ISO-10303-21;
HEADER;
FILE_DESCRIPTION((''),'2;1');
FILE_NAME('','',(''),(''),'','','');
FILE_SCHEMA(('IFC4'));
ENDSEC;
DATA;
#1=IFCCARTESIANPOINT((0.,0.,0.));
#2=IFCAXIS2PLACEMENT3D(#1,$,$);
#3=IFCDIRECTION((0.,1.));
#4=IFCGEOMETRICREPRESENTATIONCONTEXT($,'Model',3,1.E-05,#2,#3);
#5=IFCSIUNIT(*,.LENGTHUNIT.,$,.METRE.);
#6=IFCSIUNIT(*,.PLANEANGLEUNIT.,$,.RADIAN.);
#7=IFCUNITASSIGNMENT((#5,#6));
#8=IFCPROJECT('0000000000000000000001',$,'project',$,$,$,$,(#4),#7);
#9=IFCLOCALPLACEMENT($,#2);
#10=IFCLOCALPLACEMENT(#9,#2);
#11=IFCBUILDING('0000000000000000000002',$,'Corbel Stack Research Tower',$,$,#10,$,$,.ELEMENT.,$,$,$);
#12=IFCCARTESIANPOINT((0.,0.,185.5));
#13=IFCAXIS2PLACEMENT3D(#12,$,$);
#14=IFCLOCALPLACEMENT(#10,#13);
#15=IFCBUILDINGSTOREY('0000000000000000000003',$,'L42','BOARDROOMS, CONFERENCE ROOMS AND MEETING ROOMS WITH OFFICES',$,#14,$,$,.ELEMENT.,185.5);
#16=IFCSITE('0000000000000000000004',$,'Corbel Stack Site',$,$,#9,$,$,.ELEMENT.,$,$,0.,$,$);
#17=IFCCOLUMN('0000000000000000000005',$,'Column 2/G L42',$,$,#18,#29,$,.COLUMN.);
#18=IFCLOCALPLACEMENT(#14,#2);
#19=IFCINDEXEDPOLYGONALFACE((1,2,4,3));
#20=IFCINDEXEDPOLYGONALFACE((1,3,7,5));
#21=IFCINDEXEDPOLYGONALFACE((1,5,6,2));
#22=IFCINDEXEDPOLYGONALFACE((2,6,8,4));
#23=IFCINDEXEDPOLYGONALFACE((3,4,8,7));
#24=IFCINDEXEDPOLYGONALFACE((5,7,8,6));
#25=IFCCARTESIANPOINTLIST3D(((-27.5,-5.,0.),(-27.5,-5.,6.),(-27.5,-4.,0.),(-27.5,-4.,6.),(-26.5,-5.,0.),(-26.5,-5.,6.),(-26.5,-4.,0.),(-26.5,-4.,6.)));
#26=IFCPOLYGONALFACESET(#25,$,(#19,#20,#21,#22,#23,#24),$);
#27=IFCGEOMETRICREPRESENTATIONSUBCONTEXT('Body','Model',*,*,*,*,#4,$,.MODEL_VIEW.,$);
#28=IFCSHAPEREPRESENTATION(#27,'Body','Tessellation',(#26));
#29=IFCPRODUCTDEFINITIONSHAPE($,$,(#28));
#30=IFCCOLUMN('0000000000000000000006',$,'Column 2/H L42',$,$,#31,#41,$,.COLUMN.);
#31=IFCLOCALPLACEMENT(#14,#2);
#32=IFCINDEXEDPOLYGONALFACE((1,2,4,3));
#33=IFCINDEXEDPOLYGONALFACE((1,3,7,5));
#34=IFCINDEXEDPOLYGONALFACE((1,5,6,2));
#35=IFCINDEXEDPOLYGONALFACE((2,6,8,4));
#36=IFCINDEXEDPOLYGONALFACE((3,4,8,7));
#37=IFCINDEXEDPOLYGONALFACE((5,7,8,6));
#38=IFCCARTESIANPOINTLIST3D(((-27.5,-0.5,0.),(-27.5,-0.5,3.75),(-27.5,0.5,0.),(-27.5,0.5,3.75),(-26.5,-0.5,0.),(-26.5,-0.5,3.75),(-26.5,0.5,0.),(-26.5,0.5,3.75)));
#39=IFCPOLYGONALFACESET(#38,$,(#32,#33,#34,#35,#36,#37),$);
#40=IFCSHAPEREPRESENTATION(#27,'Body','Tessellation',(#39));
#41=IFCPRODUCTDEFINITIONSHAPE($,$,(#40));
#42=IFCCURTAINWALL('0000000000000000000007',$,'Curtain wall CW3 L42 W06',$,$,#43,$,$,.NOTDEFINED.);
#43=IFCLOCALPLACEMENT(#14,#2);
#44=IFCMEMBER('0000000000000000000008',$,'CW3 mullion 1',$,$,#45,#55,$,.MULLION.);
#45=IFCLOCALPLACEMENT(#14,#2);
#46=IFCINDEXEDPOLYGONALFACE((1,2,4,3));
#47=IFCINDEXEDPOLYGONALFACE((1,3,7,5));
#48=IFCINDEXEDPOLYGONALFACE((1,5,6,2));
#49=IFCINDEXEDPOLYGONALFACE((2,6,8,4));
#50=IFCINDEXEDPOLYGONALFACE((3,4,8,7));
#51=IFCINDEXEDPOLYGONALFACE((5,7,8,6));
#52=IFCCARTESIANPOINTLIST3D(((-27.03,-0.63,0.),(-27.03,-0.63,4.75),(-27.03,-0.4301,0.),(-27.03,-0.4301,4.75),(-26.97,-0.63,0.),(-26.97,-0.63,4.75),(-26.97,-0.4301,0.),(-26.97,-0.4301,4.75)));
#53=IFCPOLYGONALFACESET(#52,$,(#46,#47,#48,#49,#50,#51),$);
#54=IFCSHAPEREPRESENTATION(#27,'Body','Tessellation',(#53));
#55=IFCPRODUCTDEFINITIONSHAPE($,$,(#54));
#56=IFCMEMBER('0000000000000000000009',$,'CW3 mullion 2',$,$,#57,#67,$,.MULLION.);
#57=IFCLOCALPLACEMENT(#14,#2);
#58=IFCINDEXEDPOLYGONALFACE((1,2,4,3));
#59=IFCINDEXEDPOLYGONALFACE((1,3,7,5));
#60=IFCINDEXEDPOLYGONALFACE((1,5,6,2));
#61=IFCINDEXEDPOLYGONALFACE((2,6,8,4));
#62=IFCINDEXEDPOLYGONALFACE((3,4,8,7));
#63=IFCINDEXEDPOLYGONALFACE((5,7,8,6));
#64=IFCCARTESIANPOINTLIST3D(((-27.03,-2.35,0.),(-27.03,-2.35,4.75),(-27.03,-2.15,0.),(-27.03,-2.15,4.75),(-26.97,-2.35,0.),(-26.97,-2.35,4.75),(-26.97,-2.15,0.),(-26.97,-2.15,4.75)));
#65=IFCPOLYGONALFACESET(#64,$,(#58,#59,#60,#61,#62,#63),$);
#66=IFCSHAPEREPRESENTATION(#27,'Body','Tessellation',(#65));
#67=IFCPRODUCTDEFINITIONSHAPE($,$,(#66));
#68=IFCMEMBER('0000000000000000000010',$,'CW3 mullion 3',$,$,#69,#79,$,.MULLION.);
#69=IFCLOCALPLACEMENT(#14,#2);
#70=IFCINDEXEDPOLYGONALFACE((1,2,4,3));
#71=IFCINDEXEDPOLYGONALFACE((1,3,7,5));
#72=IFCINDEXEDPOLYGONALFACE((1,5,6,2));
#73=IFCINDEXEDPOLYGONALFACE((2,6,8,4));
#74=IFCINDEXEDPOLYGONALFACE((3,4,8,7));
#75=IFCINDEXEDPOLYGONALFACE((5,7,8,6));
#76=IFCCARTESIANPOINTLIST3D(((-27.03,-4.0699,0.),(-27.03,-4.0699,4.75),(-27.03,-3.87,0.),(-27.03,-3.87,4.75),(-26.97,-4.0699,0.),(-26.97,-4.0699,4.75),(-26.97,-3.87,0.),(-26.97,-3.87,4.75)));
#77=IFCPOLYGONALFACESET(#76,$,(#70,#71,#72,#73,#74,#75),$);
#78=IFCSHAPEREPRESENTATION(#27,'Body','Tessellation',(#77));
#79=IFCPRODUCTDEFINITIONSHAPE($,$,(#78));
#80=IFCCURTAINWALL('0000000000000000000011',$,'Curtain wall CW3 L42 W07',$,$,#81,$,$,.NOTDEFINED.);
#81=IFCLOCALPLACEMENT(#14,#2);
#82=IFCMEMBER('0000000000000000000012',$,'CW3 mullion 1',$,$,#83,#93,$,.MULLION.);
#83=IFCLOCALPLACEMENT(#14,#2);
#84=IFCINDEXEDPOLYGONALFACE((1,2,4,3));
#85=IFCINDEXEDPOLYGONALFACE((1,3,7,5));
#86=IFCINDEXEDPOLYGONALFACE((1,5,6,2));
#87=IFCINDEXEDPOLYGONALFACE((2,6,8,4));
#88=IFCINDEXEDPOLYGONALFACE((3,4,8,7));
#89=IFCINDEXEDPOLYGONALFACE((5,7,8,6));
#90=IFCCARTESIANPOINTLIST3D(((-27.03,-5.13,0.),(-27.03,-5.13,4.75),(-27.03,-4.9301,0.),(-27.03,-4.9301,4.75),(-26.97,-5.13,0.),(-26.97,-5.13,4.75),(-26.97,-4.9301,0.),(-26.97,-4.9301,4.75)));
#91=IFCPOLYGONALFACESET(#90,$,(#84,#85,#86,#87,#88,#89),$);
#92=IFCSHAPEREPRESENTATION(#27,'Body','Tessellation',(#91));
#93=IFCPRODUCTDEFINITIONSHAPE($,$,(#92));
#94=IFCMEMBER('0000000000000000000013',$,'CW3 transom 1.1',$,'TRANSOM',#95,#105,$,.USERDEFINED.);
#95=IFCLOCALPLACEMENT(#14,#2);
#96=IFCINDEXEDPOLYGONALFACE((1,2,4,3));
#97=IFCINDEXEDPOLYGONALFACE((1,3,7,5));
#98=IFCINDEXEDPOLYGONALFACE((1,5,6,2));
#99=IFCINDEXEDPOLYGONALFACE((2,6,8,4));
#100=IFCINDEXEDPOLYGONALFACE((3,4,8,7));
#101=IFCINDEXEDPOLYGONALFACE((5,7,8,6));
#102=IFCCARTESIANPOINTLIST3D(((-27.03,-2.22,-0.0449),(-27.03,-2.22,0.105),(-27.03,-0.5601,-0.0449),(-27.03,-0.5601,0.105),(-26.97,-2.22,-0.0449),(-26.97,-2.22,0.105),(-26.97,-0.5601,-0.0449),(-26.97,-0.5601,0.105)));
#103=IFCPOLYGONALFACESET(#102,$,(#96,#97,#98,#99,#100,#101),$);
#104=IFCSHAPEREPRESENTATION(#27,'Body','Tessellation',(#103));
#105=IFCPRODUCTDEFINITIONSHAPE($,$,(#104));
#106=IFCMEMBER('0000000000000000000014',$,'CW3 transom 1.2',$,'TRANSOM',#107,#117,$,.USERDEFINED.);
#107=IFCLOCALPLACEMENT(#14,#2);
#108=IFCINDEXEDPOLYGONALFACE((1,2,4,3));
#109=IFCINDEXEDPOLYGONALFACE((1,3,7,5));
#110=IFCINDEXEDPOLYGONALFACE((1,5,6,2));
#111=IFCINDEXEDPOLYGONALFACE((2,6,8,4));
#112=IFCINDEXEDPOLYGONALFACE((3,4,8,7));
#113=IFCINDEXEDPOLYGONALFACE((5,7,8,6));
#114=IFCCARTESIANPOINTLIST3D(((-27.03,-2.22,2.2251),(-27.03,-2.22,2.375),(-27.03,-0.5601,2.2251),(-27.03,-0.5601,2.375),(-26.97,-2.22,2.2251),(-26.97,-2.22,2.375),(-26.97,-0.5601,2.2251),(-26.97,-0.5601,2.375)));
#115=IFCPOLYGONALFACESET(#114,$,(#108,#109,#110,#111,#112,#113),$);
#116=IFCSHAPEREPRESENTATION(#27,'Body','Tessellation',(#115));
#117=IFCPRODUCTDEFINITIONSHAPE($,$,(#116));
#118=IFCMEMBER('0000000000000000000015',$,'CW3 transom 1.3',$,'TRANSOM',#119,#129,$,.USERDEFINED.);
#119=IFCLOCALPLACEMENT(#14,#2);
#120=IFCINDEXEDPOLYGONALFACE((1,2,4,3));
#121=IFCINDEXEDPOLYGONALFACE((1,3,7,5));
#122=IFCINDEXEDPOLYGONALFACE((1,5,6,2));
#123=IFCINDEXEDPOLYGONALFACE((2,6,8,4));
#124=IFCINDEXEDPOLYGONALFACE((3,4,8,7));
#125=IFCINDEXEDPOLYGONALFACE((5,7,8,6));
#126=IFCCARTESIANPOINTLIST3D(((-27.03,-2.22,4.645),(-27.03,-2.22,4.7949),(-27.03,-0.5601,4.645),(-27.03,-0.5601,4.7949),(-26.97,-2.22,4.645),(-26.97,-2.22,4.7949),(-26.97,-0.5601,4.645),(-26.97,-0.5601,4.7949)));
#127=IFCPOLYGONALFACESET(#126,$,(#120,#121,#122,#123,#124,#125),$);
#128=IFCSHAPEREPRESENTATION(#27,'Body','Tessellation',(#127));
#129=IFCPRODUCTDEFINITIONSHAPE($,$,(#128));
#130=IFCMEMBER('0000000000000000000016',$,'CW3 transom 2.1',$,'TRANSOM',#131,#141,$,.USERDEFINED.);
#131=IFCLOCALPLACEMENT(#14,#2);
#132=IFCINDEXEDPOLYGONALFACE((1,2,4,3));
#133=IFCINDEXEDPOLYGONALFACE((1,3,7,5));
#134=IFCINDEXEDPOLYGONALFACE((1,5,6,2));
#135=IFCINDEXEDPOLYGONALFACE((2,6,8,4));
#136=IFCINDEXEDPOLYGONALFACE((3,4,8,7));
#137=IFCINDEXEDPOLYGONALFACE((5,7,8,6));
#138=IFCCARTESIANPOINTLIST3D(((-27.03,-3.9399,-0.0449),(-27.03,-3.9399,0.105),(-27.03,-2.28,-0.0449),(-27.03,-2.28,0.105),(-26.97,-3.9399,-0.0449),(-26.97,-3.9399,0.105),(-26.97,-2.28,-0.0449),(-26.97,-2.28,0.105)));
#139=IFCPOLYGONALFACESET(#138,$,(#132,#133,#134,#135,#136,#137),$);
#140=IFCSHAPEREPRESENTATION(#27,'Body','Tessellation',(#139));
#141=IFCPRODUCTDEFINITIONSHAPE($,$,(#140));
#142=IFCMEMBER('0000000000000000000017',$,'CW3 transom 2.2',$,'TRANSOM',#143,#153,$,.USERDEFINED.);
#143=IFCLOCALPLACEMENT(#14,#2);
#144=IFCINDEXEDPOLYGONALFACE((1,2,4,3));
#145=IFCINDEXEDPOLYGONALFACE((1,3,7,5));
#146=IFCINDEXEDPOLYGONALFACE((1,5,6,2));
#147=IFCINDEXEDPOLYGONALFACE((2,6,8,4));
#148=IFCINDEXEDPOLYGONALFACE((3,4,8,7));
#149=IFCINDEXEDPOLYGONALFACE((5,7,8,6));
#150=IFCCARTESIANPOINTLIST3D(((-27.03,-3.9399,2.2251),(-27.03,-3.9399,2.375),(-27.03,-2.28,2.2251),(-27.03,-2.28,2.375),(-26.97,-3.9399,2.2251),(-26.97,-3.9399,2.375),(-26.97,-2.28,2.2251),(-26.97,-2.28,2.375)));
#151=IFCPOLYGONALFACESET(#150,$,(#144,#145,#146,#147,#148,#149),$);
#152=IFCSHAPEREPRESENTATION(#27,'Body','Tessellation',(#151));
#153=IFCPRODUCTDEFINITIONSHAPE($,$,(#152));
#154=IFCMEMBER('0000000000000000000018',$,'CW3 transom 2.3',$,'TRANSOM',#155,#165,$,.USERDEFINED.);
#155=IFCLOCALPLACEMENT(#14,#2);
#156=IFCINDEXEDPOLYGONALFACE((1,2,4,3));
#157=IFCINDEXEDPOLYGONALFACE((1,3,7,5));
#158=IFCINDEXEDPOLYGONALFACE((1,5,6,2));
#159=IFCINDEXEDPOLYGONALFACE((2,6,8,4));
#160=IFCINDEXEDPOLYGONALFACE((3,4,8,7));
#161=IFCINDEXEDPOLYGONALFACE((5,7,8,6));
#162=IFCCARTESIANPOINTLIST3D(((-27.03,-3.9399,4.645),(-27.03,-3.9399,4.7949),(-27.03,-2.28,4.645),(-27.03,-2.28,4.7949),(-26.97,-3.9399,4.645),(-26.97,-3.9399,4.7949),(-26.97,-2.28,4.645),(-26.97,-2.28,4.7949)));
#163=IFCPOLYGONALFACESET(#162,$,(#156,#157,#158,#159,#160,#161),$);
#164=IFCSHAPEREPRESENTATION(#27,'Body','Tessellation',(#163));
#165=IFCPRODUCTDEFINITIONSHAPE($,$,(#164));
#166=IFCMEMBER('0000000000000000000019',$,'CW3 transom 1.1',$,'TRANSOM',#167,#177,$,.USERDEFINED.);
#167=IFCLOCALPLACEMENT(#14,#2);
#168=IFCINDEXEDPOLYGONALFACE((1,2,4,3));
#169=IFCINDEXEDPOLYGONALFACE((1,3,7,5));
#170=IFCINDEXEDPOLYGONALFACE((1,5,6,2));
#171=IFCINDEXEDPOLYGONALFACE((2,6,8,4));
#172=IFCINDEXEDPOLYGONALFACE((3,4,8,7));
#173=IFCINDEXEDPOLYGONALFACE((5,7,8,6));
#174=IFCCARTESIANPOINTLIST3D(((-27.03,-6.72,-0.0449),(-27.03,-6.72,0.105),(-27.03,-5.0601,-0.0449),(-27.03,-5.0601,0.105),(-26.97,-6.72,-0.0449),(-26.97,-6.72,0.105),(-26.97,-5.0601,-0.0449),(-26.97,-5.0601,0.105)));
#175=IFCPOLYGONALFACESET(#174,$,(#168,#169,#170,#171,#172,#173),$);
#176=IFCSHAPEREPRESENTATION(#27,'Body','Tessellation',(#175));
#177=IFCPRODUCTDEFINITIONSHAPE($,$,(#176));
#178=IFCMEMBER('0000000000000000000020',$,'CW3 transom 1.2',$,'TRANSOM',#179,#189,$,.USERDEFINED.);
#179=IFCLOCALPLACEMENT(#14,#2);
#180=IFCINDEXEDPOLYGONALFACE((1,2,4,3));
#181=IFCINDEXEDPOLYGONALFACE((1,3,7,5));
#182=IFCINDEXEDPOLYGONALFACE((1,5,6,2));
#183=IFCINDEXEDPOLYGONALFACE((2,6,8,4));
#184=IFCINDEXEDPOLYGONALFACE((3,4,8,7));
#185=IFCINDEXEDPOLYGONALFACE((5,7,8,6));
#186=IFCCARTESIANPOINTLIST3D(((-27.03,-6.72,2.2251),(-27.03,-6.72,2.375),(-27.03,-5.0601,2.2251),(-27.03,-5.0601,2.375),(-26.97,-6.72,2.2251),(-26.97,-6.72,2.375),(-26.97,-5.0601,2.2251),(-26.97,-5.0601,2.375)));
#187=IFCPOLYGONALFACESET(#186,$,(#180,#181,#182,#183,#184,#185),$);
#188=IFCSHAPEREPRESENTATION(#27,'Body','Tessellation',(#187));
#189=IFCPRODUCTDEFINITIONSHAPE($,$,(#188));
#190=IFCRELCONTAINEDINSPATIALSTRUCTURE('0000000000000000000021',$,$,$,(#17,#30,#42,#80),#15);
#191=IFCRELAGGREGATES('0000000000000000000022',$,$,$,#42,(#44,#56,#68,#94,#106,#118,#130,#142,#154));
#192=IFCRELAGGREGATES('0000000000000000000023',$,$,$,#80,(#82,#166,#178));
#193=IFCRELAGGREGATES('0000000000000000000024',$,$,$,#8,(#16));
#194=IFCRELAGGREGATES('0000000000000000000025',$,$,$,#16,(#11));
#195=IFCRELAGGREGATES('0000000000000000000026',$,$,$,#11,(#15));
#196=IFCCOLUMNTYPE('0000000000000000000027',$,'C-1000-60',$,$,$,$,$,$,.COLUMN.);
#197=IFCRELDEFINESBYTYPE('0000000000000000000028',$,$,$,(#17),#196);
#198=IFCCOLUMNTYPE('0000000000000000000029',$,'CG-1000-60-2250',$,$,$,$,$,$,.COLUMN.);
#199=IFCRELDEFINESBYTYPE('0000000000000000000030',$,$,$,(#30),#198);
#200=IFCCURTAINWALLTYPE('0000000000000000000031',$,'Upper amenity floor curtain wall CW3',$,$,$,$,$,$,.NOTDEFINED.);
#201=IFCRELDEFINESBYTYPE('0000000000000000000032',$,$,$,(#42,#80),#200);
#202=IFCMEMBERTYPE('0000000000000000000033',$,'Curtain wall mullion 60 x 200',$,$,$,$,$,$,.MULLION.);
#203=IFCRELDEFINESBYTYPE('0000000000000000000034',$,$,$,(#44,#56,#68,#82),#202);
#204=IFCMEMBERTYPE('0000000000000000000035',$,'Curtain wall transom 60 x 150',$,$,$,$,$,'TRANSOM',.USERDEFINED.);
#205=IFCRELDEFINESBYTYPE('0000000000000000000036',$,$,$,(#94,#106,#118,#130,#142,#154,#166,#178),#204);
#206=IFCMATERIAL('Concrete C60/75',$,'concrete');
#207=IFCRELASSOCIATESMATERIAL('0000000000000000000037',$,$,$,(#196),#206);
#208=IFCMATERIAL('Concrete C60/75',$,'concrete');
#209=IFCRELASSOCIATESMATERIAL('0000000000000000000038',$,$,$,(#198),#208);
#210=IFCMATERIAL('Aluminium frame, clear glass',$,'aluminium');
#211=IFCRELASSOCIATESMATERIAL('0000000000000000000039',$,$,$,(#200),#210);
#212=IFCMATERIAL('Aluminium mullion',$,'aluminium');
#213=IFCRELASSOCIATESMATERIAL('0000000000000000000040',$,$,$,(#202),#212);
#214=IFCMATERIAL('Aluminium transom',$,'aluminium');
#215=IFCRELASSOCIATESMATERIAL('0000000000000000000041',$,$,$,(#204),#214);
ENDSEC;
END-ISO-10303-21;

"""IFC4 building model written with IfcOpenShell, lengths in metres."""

from ifc_helpers import new_model, si_unit, direction, frame, origin, origin_2d, place, context, subcontext, project, spatial, rectangle, extrude, material, material_profile, profile_set, type_object, element, aggregate, save


model = new_model("IFC4")

# Units and contexts
model_context = context("Model", 3, precision=1e-05, world=origin(), true_north=direction((0.0, 1.0)))
body_context = subcontext(model_context, "Body", "Model", "MODEL_VIEW")
ifc_project = project(units=[si_unit("LENGTHUNIT", "METRE"), si_unit("PLANEANGLEUNIT", "RADIAN")], contexts=[model_context])

# Site, building, storey
site_placement = place(None, origin())
site = spatial("IfcSite", under=ifc_project, at=site_placement, Name="Corbel Stack Site", CompositionType="ELEMENT", RefElevation=0.0)
building_placement = place(site_placement, origin())
building = spatial("IfcBuilding", under=site, at=building_placement, Name="Corbel Stack Research Tower", CompositionType="ELEMENT")
storey_placement = place(building_placement, frame((0.0, 0.0, 185.5)))
storey = spatial("IfcBuildingStorey", under=building, at=storey_placement, Name="L42", Description="BOARDROOMS, CONFERENCE ROOMS AND MEETING ROOMS WITH OFFICES", CompositionType="ELEMENT", Elevation=185.5)

# Columns
ifc_material_1 = material(Name="Concrete C60/75", Category="concrete")
ifc_material_profile_1 = material_profile(ifc_material_1, rectangle(XDim=1.0, YDim=1.0, at=origin_2d()), Name="RC 1000 x 1000")
ifc_profile_set_1 = profile_set([ifc_material_profile_1], Name="Concrete C60/75")
column_type_1 = type_object("IfcColumnType", Name="C-1000-60", PredefinedType="COLUMN", material=ifc_profile_set_1)
column_1_placement = place(storey_placement, frame((-27.0, -4.5, 0.0), z_axis=(0.0, 0.0, 1.0), x_axis=(1.0, 0.0, 0.0)))
element("IfcColumn", 1, at=column_1_placement, inside=storey, type_object=column_type_1, Name="Column 2/G L42", PredefinedType="COLUMN", context=body_context, shape_type="SweptSolid", body=[
    extrude(rectangle(XDim=1.0, YDim=1.0, at=origin_2d()), origin(), (0.0, 0.0, 1.0), 6.0),
])
ifc_material_2 = material(Name="Concrete C60/75", Category="concrete")
ifc_material_profile_2 = material_profile(ifc_material_2, rectangle(XDim=1.0, YDim=1.0, at=origin_2d()), Name="RC 1000 x 1000")
ifc_profile_set_2 = profile_set([ifc_material_profile_2], Name="Concrete C60/75")
column_type_2 = type_object("IfcColumnType", Name="CG-1000-60-2250", PredefinedType="COLUMN", material=ifc_profile_set_2)
column_2_placement = place(storey_placement, frame((-27.0, 0.0, 0.0), z_axis=(0.0, 0.0, 1.0), x_axis=(1.0, 0.0, 0.0)))
element("IfcColumn", 2, at=column_2_placement, inside=storey, type_object=column_type_2, Name="Column 2/H L42", PredefinedType="COLUMN", context=body_context, shape_type="SweptSolid", body=[
    extrude(rectangle(XDim=1.0, YDim=1.0, at=origin_2d()), origin(), (0.0, 0.0, 1.0), 3.75),
])

# Curtain wall, members
ifc_material_3 = material(Name="Aluminium frame, clear glass", Category="aluminium")
curtain_wall_type = type_object("IfcCurtainWallType", Name="Upper amenity floor curtain wall CW3", PredefinedType="NOTDEFINED", material=ifc_material_3)
curtain_wall_1_placement = place(storey_placement, origin())
curtain_wall_1 = element("IfcCurtainWall", 3, at=curtain_wall_1_placement, inside=storey, type_object=curtain_wall_type, Name="Curtain wall CW3 L42 W06", PredefinedType="NOTDEFINED")
ifc_material_4 = material(Name="Aluminium mullion", Category="aluminium")
ifc_material_profile_3 = material_profile(ifc_material_4, rectangle(XDim=0.0601, YDim=0.2, at=origin_2d()), Name="Mullion 60 x 200")
ifc_profile_set_3 = profile_set([ifc_material_profile_3], Name="Aluminium mullion")
member_type_1 = type_object("IfcMemberType", Name="Curtain wall mullion 60 x 200", PredefinedType="MULLION", material=ifc_profile_set_3)
member_1_placement = place(storey_placement, frame((-27.0, -0.53, 0.0), z_axis=(0.0, 0.0, 1.0), x_axis=(1.0, 0.0, 0.0)))
member_1 = element("IfcMember", 4, at=member_1_placement, type_object=member_type_1, Name="CW3 mullion 1", PredefinedType="MULLION", context=body_context, shape_type="SweptSolid", body=[
    extrude(rectangle(XDim=0.0601, YDim=0.2, at=origin_2d()), origin(), (0.0, 0.0, 1.0), 4.75),
])
member_2_placement = place(storey_placement, frame((-27.0, -2.25, 0.0), z_axis=(0.0, 0.0, 1.0), x_axis=(1.0, 0.0, 0.0)))
member_2 = element("IfcMember", 5, at=member_2_placement, type_object=member_type_1, Name="CW3 mullion 2", PredefinedType="MULLION", context=body_context, shape_type="SweptSolid", body=[
    extrude(rectangle(XDim=0.0601, YDim=0.2, at=origin_2d()), origin(), (0.0, 0.0, 1.0), 4.75),
])
member_3_placement = place(storey_placement, frame((-27.0, -3.97, 0.0), z_axis=(0.0, 0.0, 1.0), x_axis=(1.0, 0.0, 0.0)))
member_3 = element("IfcMember", 6, at=member_3_placement, type_object=member_type_1, Name="CW3 mullion 3", PredefinedType="MULLION", context=body_context, shape_type="SweptSolid", body=[
    extrude(rectangle(XDim=0.0601, YDim=0.2, at=origin_2d()), origin(), (0.0, 0.0, 1.0), 4.75),
])

# Curtain wall, member
curtain_wall_2_placement = place(storey_placement, origin())
curtain_wall_2 = element("IfcCurtainWall", 7, at=curtain_wall_2_placement, inside=storey, type_object=curtain_wall_type, Name="Curtain wall CW3 L42 W07", PredefinedType="NOTDEFINED")
member_4_placement = place(storey_placement, frame((-27.0, -5.03, 0.0), z_axis=(0.0, 0.0, 1.0), x_axis=(1.0, 0.0, 0.0)))
member_4 = element("IfcMember", 8, at=member_4_placement, type_object=member_type_1, Name="CW3 mullion 1", PredefinedType="MULLION", context=body_context, shape_type="SweptSolid", body=[
    extrude(rectangle(XDim=0.0601, YDim=0.2, at=origin_2d()), origin(), (0.0, 0.0, 1.0), 4.75),
])

# Members
ifc_material_5 = material(Name="Aluminium transom", Category="aluminium")
ifc_material_profile_4 = material_profile(ifc_material_5, rectangle(XDim=0.0601, YDim=0.1499, at=origin_2d()), Name="Transom 60 x 150")
ifc_profile_set_4 = profile_set([ifc_material_profile_4], Name="Aluminium transom")
member_type_2 = type_object("IfcMemberType", Name="Curtain wall transom 60 x 150", ElementType="TRANSOM", PredefinedType="USERDEFINED", material=ifc_profile_set_4)
member_5_placement = place(storey_placement, frame((-27.0, -0.5601, 0.03), z_axis=(0.0, -1.0, 0.0), x_axis=(1.0, 0.0, 0.0)))
member_5 = element("IfcMember", 9, at=member_5_placement, type_object=member_type_2, Name="CW3 transom 1.1", ObjectType="TRANSOM", PredefinedType="USERDEFINED", context=body_context, shape_type="SweptSolid", body=[
    extrude(rectangle(XDim=0.0601, YDim=0.1499, at=origin_2d()), origin(), (0.0, 0.0, 1.0), 1.6599),
])
member_6_placement = place(storey_placement, frame((-27.0, -0.5601, 2.3), z_axis=(0.0, -1.0, 0.0), x_axis=(1.0, 0.0, 0.0)))
member_6 = element("IfcMember", 10, at=member_6_placement, type_object=member_type_2, Name="CW3 transom 1.2", ObjectType="TRANSOM", PredefinedType="USERDEFINED", context=body_context, shape_type="SweptSolid", body=[
    extrude(rectangle(XDim=0.0601, YDim=0.1499, at=origin_2d()), origin(), (0.0, 0.0, 1.0), 1.6599),
])
member_7_placement = place(storey_placement, frame((-27.0, -0.5601, 4.72), z_axis=(0.0, -1.0, 0.0), x_axis=(1.0, 0.0, 0.0)))
member_7 = element("IfcMember", 11, at=member_7_placement, type_object=member_type_2, Name="CW3 transom 1.3", ObjectType="TRANSOM", PredefinedType="USERDEFINED", context=body_context, shape_type="SweptSolid", body=[
    extrude(rectangle(XDim=0.0601, YDim=0.1499, at=origin_2d()), origin(), (0.0, 0.0, 1.0), 1.6599),
])
member_8_placement = place(storey_placement, frame((-27.0, -2.28, 0.03), z_axis=(0.0, -1.0, 0.0), x_axis=(1.0, 0.0, 0.0)))
member_8 = element("IfcMember", 12, at=member_8_placement, type_object=member_type_2, Name="CW3 transom 2.1", ObjectType="TRANSOM", PredefinedType="USERDEFINED", context=body_context, shape_type="SweptSolid", body=[
    extrude(rectangle(XDim=0.0601, YDim=0.1499, at=origin_2d()), origin(), (0.0, 0.0, 1.0), 1.6599),
])
member_9_placement = place(storey_placement, frame((-27.0, -2.28, 2.3), z_axis=(0.0, -1.0, 0.0), x_axis=(1.0, 0.0, 0.0)))
member_9 = element("IfcMember", 13, at=member_9_placement, type_object=member_type_2, Name="CW3 transom 2.2", ObjectType="TRANSOM", PredefinedType="USERDEFINED", context=body_context, shape_type="SweptSolid", body=[
    extrude(rectangle(XDim=0.0601, YDim=0.1499, at=origin_2d()), origin(), (0.0, 0.0, 1.0), 1.6599),
])
member_10_placement = place(storey_placement, frame((-27.0, -2.28, 4.72), z_axis=(0.0, -1.0, 0.0), x_axis=(1.0, 0.0, 0.0)))
member_10 = element("IfcMember", 14, at=member_10_placement, type_object=member_type_2, Name="CW3 transom 2.3", ObjectType="TRANSOM", PredefinedType="USERDEFINED", context=body_context, shape_type="SweptSolid", body=[
    extrude(rectangle(XDim=0.0601, YDim=0.1499, at=origin_2d()), origin(), (0.0, 0.0, 1.0), 1.6599),
])
member_11_placement = place(storey_placement, frame((-27.0, -5.0601, 0.03), z_axis=(0.0, -1.0, 0.0), x_axis=(1.0, 0.0, 0.0)))
member_11 = element("IfcMember", 15, at=member_11_placement, type_object=member_type_2, Name="CW3 transom 1.1", ObjectType="TRANSOM", PredefinedType="USERDEFINED", context=body_context, shape_type="SweptSolid", body=[
    extrude(rectangle(XDim=0.0601, YDim=0.1499, at=origin_2d()), origin(), (0.0, 0.0, 1.0), 1.6599),
])
member_12_placement = place(storey_placement, frame((-27.0, -5.0601, 2.3), z_axis=(0.0, -1.0, 0.0), x_axis=(1.0, 0.0, 0.0)))
member_12 = element("IfcMember", 16, at=member_12_placement, type_object=member_type_2, Name="CW3 transom 1.2", ObjectType="TRANSOM", PredefinedType="USERDEFINED", context=body_context, shape_type="SweptSolid", body=[
    extrude(rectangle(XDim=0.0601, YDim=0.1499, at=origin_2d()), origin(), (0.0, 0.0, 1.0), 1.6599),
])

aggregate(curtain_wall_1, [member_1, member_2, member_3, member_5, member_6, member_7, member_8, member_9, member_10])
aggregate(curtain_wall_2, [member_4, member_11, member_12])

save(model, "model.ifc")
